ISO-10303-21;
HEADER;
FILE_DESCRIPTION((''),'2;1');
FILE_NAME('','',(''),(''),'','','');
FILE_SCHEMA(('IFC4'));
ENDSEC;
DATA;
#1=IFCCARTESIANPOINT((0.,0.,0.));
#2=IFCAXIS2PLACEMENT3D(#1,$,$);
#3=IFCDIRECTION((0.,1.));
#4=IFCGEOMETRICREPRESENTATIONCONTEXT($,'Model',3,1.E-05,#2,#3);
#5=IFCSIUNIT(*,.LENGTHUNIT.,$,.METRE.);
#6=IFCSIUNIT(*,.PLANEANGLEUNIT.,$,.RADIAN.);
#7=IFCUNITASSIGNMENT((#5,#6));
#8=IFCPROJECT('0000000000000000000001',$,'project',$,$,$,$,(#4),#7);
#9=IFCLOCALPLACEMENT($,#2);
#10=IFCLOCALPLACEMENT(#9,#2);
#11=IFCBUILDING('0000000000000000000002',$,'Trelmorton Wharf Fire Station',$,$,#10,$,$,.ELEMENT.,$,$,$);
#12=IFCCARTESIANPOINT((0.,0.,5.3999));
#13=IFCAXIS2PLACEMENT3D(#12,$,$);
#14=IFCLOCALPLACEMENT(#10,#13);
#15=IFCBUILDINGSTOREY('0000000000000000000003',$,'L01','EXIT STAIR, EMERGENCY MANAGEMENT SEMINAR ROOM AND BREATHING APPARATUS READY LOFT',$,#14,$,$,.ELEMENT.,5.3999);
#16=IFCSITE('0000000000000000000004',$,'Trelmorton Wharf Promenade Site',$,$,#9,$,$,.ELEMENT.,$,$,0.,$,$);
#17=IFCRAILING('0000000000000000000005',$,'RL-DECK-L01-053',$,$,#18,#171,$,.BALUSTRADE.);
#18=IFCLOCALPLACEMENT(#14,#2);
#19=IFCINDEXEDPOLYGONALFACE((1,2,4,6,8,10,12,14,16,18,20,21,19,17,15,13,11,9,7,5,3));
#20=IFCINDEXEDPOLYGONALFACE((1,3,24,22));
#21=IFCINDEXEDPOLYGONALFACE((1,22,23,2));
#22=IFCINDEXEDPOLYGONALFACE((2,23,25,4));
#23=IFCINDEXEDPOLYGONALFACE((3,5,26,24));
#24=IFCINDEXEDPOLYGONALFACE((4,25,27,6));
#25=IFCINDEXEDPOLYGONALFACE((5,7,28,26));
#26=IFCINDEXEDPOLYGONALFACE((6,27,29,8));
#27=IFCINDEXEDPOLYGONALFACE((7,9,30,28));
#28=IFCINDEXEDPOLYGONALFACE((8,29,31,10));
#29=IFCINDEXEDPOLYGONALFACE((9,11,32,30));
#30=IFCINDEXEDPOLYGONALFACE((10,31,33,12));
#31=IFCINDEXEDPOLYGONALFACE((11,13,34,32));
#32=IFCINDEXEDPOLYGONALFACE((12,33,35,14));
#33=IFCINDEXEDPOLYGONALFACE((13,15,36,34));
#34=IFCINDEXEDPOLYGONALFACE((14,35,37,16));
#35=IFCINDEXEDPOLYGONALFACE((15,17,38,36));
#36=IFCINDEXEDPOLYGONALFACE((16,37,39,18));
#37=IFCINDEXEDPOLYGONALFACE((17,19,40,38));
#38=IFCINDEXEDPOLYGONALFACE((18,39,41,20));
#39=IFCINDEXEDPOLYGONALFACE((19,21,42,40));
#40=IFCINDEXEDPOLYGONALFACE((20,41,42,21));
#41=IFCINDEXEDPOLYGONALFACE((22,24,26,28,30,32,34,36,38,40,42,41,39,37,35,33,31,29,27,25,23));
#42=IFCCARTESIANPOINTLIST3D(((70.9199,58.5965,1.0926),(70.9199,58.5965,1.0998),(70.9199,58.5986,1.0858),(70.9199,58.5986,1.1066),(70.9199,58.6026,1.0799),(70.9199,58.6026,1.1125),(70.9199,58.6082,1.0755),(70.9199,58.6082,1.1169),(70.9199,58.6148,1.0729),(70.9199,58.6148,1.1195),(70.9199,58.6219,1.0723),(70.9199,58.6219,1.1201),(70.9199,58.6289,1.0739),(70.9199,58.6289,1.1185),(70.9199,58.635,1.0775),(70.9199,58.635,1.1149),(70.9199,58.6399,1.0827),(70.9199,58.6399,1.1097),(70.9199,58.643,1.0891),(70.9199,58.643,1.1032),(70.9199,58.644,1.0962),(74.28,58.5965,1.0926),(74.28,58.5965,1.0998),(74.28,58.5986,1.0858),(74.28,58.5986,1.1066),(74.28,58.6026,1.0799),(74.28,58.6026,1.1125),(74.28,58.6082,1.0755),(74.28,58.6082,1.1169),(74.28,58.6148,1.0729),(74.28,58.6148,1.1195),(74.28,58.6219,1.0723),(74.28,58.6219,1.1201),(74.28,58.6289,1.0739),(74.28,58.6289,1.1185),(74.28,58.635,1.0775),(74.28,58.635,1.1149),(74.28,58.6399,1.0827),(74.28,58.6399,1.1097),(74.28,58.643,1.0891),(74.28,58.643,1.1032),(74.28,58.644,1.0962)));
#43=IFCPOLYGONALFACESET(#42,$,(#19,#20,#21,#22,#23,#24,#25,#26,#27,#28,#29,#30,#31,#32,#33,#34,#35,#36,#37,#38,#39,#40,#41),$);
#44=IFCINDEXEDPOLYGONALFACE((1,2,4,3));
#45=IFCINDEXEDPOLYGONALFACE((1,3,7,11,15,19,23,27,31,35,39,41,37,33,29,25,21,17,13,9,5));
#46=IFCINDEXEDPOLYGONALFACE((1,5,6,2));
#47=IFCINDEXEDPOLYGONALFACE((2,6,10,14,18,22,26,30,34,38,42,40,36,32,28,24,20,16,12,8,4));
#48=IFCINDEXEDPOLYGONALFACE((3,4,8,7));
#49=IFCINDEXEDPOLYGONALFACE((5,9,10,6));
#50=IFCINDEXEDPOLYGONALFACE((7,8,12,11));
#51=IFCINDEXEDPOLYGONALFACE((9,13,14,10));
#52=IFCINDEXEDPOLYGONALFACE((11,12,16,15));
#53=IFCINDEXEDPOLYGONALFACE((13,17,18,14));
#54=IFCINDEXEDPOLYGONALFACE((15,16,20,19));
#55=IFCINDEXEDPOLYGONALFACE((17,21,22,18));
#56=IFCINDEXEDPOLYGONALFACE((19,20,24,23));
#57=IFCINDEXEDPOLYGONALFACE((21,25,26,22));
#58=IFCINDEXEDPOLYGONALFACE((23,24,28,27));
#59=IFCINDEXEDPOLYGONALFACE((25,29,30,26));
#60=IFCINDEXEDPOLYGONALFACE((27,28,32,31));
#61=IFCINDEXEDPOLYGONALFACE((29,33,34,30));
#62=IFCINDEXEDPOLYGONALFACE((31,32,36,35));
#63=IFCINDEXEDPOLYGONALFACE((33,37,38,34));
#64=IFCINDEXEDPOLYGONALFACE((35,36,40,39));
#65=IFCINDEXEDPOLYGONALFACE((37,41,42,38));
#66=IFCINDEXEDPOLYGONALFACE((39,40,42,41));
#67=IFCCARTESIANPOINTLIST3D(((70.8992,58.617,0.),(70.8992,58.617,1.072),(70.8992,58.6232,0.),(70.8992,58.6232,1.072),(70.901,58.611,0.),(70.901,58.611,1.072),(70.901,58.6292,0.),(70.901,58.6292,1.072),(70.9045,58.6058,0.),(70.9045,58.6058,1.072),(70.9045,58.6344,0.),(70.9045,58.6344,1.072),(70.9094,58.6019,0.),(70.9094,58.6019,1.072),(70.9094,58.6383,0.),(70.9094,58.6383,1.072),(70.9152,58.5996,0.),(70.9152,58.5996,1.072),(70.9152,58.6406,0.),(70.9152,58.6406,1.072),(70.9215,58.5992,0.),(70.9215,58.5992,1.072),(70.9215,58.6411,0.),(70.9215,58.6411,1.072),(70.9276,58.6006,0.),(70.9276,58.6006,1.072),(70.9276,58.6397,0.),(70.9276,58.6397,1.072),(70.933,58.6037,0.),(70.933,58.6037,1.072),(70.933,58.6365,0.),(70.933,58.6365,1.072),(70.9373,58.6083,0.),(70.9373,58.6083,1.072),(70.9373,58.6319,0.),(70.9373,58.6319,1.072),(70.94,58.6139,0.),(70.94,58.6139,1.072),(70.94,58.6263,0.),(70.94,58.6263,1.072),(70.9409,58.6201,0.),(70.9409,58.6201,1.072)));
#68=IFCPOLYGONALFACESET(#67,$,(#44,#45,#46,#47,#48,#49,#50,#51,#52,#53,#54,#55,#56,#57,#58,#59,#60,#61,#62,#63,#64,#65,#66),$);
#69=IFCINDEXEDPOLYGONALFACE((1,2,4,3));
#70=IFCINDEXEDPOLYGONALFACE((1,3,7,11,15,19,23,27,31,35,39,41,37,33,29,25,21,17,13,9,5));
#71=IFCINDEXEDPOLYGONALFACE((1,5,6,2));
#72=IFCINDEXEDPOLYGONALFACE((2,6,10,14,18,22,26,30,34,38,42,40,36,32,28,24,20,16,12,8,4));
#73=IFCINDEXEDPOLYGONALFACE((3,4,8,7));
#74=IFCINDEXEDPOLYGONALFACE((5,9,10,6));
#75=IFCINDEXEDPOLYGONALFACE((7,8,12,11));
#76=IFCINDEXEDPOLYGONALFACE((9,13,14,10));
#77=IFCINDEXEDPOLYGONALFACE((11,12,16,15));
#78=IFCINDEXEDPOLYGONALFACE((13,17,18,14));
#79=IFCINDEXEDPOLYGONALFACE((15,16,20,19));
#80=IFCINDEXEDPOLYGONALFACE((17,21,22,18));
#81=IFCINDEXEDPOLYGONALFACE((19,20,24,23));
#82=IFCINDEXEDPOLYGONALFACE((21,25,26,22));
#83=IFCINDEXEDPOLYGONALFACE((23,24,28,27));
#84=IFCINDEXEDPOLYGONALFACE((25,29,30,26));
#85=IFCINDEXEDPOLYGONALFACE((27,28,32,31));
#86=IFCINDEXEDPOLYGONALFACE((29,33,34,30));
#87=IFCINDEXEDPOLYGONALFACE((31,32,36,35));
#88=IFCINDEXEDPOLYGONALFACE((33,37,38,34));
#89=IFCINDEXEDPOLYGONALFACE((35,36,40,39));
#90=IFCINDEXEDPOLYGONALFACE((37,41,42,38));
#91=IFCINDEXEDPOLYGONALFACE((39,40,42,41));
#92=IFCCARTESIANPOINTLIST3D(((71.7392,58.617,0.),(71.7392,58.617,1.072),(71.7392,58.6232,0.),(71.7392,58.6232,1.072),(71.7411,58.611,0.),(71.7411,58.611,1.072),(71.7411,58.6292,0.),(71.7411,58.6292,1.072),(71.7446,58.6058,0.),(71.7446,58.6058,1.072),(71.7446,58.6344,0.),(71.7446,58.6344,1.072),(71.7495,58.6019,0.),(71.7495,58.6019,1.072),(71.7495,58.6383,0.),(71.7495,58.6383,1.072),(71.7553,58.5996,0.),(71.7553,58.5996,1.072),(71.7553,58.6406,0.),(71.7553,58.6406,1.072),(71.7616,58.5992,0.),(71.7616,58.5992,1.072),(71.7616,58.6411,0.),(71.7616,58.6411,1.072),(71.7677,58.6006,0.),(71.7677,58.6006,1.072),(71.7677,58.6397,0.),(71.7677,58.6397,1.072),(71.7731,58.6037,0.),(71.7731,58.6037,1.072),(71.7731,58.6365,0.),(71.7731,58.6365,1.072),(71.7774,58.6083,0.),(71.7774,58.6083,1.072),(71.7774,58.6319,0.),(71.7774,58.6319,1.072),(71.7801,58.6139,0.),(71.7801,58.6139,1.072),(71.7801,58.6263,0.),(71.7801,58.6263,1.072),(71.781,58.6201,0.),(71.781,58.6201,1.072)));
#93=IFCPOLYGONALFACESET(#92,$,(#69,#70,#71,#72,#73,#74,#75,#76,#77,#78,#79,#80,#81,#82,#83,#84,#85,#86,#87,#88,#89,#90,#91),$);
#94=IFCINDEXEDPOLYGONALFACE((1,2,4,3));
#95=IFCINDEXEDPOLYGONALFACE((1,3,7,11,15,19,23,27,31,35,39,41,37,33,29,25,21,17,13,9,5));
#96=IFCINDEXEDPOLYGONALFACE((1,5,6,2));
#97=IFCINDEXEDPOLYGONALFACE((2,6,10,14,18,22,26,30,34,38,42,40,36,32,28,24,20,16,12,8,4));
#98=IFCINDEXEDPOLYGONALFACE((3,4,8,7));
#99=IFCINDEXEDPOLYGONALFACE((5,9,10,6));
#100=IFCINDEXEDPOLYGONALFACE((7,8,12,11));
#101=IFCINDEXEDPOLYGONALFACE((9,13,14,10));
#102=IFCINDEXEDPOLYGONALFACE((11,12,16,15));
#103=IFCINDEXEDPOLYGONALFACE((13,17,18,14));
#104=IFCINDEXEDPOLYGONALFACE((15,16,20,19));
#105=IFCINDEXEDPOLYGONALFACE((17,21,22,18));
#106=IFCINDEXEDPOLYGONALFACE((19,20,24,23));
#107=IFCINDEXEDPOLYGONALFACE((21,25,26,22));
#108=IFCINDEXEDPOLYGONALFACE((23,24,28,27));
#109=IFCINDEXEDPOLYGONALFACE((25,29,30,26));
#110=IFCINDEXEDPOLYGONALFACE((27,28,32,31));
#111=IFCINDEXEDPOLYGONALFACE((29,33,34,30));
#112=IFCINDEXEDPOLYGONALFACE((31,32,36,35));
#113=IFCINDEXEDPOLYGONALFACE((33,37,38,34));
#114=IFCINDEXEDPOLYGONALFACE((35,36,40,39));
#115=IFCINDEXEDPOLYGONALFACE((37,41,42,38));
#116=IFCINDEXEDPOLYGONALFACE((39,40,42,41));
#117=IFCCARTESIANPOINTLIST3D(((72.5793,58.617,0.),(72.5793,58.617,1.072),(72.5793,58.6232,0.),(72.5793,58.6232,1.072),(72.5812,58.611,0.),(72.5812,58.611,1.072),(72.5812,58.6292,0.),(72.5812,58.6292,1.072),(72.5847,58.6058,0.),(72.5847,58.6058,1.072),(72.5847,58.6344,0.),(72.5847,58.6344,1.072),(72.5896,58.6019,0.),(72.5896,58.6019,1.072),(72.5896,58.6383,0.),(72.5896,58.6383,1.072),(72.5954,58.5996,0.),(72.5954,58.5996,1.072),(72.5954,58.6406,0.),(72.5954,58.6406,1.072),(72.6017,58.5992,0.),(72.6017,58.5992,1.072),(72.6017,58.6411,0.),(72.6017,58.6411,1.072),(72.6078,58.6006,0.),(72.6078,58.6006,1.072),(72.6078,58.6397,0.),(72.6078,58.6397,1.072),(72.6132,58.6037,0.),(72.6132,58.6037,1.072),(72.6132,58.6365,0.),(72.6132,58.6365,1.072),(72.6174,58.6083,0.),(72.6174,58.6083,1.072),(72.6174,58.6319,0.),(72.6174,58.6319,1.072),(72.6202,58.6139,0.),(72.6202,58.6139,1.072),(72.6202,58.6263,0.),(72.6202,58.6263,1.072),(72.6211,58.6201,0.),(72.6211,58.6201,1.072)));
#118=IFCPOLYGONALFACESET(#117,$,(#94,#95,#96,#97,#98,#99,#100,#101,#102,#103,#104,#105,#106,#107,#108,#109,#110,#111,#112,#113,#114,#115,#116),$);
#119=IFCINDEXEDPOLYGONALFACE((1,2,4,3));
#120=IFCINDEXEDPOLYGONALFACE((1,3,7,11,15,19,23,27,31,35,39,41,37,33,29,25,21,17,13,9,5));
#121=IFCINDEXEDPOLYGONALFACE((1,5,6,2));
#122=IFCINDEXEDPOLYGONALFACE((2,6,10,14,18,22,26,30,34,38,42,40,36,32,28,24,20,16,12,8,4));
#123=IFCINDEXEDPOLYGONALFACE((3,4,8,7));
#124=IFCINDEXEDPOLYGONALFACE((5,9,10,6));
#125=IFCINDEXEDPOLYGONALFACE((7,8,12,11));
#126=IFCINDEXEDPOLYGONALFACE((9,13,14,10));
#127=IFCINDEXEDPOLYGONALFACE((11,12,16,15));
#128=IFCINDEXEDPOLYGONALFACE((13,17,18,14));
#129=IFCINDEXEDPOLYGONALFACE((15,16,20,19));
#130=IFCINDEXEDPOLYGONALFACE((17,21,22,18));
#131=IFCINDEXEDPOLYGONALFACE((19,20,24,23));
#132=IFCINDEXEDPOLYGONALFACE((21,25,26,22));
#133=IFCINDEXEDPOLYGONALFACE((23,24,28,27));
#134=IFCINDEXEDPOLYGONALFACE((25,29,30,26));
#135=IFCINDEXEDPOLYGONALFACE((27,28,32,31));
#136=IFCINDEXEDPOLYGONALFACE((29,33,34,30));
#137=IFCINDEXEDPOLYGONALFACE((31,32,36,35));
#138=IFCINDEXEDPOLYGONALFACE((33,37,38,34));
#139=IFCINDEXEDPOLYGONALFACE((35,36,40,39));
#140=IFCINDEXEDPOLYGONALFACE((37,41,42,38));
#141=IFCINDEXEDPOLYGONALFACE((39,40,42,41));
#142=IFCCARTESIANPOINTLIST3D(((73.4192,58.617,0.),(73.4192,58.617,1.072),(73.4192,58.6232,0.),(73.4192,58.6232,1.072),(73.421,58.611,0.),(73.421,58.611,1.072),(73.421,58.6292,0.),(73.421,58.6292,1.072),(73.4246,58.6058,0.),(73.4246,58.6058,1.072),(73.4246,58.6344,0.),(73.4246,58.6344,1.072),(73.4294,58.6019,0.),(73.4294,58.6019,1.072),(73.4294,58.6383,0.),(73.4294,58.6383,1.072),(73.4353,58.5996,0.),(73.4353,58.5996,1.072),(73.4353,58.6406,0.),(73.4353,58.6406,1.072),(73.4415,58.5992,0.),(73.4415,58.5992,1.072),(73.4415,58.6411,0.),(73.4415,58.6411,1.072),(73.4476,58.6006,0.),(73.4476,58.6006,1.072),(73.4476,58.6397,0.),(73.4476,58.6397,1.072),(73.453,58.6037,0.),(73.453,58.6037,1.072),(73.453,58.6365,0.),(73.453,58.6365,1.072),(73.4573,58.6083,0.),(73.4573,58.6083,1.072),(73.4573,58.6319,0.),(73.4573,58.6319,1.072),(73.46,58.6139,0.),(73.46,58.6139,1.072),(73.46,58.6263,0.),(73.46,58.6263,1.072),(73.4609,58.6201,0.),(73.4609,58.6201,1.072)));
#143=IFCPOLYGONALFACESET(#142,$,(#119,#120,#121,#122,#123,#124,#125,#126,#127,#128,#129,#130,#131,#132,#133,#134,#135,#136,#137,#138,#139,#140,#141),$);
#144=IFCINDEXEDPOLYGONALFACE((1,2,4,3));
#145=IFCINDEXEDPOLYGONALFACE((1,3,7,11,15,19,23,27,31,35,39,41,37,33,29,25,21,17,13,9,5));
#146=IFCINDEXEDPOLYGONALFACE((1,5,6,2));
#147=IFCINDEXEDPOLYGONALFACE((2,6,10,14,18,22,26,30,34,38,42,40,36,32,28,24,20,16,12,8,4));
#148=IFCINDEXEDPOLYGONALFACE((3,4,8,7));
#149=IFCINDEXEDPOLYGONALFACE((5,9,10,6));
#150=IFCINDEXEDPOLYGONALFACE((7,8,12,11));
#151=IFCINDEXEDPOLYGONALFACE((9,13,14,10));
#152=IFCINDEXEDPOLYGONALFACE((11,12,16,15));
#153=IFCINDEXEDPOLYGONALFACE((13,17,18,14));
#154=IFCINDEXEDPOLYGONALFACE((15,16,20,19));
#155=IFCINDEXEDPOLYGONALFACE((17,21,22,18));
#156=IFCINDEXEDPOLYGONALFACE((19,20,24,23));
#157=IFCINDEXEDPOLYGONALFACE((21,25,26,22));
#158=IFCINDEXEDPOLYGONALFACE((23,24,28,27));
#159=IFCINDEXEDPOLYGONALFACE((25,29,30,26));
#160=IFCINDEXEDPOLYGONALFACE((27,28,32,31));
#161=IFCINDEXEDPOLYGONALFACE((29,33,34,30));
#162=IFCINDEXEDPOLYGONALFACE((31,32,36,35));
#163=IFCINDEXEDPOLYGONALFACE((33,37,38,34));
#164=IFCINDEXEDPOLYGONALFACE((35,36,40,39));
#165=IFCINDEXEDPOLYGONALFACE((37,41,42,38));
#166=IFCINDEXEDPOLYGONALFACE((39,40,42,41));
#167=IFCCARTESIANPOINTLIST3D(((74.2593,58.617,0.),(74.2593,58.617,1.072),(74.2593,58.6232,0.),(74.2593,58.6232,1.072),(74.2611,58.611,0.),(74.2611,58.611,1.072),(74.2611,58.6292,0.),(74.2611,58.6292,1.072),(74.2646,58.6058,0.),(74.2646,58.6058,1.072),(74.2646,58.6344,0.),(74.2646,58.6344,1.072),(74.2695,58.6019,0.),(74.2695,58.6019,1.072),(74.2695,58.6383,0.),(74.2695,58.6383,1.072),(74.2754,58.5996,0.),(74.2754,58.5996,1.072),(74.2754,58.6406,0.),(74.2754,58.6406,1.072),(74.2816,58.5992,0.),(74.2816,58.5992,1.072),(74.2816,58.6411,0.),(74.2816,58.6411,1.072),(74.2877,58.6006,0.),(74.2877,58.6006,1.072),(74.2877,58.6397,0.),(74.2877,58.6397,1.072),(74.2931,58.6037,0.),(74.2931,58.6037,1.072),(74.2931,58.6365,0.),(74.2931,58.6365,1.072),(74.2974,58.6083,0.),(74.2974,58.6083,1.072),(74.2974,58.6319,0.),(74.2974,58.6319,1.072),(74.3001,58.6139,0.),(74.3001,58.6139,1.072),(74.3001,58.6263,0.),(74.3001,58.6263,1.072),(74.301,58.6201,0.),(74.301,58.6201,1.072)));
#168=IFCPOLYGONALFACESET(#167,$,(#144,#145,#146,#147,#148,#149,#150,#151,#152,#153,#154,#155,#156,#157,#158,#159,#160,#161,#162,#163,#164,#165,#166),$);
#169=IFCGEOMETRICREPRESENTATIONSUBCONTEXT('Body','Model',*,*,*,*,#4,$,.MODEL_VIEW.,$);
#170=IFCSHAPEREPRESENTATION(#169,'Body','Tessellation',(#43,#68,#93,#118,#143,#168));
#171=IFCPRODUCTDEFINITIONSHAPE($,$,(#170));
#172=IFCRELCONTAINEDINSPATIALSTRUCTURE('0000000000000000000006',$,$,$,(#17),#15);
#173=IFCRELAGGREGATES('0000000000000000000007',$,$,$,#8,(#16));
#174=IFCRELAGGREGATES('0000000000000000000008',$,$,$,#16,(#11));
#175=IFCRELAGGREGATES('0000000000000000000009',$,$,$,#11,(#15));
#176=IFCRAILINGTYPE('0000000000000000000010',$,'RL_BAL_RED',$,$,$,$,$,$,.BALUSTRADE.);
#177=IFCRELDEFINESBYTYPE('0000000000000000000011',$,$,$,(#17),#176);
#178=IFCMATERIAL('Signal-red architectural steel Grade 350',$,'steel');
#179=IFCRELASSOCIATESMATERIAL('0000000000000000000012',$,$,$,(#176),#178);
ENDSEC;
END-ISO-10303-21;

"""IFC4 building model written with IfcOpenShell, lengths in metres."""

from ifc_helpers import new_model, si_unit, direction, frame, origin, origin_2d, place, context, subcontext, project, spatial, circle, extrude, material, type_object, element, save


model = new_model("IFC4")

# Units and contexts
model_context = context("Model", 3, precision=1e-05, world=origin(), true_north=direction((0.0, 1.0)))
body_context = subcontext(model_context, "Body", "Model", "MODEL_VIEW")
ifc_project = project(units=[si_unit("LENGTHUNIT", "METRE"), si_unit("PLANEANGLEUNIT", "RADIAN")], contexts=[model_context])

# Site, building, storey
site_placement = place(None, origin())
site = spatial("IfcSite", under=ifc_project, at=site_placement, Name="Trelmorton Wharf Promenade Site", CompositionType="ELEMENT", RefElevation=0.0)
building_placement = place(site_placement, origin())
building = spatial("IfcBuilding", under=site, at=building_placement, Name="Trelmorton Wharf Fire Station", CompositionType="ELEMENT")
storey_placement = place(building_placement, frame((0.0, 0.0, 5.3999)))
storey = spatial("IfcBuildingStorey", under=building, at=storey_placement, Name="L01", Description="EXIT STAIR, EMERGENCY MANAGEMENT SEMINAR ROOM AND BREATHING APPARATUS READY LOFT", CompositionType="ELEMENT", Elevation=5.3999)

# Shared definitions
ifc_material_1 = material(Name="Signal-red architectural steel Grade 350", Category="steel")

# Railing
railing_type = type_object("IfcRailingType", Name="RL_BAL_RED", PredefinedType="BALUSTRADE", material=ifc_material_1)
railing_1_placement = place(storey_placement, frame((70.9199, 58.6201, 0.0)))
element("IfcRailing", 1, at=railing_1_placement, inside=storey, type_object=railing_type, Name="RL-DECK-L01-053", PredefinedType="BALUSTRADE", context=body_context, shape_type="SweptSolid", body=[
    extrude(circle(Radius=0.0239, at=origin_2d()), frame((0.0, 0.0, 1.0962), z_axis=(1.0, 0.0, 0.0), x_axis=(0.0, 1.0, 0.0)), (0.0, 0.0, 1.0), 3.3601),
    extrude(circle(Radius=0.021, at=origin_2d()), origin(), (0.0, 0.0, 1.0), 1.072),
    extrude(circle(Radius=0.021, at=origin_2d()), frame((0.8401, 0.0, 0.0)), (0.0, 0.0, 1.0), 1.072),
    extrude(circle(Radius=0.021, at=origin_2d()), frame((1.6802, 0.0, 0.0)), (0.0, 0.0, 1.0), 1.072),
    extrude(circle(Radius=0.021, at=origin_2d()), frame((2.52, 0.0, 0.0)), (0.0, 0.0, 1.0), 1.072),
    extrude(circle(Radius=0.021, at=origin_2d()), frame((3.3601, 0.0, 0.0)), (0.0, 0.0, 1.0), 1.072),
])

save(model, "model.ifc")
